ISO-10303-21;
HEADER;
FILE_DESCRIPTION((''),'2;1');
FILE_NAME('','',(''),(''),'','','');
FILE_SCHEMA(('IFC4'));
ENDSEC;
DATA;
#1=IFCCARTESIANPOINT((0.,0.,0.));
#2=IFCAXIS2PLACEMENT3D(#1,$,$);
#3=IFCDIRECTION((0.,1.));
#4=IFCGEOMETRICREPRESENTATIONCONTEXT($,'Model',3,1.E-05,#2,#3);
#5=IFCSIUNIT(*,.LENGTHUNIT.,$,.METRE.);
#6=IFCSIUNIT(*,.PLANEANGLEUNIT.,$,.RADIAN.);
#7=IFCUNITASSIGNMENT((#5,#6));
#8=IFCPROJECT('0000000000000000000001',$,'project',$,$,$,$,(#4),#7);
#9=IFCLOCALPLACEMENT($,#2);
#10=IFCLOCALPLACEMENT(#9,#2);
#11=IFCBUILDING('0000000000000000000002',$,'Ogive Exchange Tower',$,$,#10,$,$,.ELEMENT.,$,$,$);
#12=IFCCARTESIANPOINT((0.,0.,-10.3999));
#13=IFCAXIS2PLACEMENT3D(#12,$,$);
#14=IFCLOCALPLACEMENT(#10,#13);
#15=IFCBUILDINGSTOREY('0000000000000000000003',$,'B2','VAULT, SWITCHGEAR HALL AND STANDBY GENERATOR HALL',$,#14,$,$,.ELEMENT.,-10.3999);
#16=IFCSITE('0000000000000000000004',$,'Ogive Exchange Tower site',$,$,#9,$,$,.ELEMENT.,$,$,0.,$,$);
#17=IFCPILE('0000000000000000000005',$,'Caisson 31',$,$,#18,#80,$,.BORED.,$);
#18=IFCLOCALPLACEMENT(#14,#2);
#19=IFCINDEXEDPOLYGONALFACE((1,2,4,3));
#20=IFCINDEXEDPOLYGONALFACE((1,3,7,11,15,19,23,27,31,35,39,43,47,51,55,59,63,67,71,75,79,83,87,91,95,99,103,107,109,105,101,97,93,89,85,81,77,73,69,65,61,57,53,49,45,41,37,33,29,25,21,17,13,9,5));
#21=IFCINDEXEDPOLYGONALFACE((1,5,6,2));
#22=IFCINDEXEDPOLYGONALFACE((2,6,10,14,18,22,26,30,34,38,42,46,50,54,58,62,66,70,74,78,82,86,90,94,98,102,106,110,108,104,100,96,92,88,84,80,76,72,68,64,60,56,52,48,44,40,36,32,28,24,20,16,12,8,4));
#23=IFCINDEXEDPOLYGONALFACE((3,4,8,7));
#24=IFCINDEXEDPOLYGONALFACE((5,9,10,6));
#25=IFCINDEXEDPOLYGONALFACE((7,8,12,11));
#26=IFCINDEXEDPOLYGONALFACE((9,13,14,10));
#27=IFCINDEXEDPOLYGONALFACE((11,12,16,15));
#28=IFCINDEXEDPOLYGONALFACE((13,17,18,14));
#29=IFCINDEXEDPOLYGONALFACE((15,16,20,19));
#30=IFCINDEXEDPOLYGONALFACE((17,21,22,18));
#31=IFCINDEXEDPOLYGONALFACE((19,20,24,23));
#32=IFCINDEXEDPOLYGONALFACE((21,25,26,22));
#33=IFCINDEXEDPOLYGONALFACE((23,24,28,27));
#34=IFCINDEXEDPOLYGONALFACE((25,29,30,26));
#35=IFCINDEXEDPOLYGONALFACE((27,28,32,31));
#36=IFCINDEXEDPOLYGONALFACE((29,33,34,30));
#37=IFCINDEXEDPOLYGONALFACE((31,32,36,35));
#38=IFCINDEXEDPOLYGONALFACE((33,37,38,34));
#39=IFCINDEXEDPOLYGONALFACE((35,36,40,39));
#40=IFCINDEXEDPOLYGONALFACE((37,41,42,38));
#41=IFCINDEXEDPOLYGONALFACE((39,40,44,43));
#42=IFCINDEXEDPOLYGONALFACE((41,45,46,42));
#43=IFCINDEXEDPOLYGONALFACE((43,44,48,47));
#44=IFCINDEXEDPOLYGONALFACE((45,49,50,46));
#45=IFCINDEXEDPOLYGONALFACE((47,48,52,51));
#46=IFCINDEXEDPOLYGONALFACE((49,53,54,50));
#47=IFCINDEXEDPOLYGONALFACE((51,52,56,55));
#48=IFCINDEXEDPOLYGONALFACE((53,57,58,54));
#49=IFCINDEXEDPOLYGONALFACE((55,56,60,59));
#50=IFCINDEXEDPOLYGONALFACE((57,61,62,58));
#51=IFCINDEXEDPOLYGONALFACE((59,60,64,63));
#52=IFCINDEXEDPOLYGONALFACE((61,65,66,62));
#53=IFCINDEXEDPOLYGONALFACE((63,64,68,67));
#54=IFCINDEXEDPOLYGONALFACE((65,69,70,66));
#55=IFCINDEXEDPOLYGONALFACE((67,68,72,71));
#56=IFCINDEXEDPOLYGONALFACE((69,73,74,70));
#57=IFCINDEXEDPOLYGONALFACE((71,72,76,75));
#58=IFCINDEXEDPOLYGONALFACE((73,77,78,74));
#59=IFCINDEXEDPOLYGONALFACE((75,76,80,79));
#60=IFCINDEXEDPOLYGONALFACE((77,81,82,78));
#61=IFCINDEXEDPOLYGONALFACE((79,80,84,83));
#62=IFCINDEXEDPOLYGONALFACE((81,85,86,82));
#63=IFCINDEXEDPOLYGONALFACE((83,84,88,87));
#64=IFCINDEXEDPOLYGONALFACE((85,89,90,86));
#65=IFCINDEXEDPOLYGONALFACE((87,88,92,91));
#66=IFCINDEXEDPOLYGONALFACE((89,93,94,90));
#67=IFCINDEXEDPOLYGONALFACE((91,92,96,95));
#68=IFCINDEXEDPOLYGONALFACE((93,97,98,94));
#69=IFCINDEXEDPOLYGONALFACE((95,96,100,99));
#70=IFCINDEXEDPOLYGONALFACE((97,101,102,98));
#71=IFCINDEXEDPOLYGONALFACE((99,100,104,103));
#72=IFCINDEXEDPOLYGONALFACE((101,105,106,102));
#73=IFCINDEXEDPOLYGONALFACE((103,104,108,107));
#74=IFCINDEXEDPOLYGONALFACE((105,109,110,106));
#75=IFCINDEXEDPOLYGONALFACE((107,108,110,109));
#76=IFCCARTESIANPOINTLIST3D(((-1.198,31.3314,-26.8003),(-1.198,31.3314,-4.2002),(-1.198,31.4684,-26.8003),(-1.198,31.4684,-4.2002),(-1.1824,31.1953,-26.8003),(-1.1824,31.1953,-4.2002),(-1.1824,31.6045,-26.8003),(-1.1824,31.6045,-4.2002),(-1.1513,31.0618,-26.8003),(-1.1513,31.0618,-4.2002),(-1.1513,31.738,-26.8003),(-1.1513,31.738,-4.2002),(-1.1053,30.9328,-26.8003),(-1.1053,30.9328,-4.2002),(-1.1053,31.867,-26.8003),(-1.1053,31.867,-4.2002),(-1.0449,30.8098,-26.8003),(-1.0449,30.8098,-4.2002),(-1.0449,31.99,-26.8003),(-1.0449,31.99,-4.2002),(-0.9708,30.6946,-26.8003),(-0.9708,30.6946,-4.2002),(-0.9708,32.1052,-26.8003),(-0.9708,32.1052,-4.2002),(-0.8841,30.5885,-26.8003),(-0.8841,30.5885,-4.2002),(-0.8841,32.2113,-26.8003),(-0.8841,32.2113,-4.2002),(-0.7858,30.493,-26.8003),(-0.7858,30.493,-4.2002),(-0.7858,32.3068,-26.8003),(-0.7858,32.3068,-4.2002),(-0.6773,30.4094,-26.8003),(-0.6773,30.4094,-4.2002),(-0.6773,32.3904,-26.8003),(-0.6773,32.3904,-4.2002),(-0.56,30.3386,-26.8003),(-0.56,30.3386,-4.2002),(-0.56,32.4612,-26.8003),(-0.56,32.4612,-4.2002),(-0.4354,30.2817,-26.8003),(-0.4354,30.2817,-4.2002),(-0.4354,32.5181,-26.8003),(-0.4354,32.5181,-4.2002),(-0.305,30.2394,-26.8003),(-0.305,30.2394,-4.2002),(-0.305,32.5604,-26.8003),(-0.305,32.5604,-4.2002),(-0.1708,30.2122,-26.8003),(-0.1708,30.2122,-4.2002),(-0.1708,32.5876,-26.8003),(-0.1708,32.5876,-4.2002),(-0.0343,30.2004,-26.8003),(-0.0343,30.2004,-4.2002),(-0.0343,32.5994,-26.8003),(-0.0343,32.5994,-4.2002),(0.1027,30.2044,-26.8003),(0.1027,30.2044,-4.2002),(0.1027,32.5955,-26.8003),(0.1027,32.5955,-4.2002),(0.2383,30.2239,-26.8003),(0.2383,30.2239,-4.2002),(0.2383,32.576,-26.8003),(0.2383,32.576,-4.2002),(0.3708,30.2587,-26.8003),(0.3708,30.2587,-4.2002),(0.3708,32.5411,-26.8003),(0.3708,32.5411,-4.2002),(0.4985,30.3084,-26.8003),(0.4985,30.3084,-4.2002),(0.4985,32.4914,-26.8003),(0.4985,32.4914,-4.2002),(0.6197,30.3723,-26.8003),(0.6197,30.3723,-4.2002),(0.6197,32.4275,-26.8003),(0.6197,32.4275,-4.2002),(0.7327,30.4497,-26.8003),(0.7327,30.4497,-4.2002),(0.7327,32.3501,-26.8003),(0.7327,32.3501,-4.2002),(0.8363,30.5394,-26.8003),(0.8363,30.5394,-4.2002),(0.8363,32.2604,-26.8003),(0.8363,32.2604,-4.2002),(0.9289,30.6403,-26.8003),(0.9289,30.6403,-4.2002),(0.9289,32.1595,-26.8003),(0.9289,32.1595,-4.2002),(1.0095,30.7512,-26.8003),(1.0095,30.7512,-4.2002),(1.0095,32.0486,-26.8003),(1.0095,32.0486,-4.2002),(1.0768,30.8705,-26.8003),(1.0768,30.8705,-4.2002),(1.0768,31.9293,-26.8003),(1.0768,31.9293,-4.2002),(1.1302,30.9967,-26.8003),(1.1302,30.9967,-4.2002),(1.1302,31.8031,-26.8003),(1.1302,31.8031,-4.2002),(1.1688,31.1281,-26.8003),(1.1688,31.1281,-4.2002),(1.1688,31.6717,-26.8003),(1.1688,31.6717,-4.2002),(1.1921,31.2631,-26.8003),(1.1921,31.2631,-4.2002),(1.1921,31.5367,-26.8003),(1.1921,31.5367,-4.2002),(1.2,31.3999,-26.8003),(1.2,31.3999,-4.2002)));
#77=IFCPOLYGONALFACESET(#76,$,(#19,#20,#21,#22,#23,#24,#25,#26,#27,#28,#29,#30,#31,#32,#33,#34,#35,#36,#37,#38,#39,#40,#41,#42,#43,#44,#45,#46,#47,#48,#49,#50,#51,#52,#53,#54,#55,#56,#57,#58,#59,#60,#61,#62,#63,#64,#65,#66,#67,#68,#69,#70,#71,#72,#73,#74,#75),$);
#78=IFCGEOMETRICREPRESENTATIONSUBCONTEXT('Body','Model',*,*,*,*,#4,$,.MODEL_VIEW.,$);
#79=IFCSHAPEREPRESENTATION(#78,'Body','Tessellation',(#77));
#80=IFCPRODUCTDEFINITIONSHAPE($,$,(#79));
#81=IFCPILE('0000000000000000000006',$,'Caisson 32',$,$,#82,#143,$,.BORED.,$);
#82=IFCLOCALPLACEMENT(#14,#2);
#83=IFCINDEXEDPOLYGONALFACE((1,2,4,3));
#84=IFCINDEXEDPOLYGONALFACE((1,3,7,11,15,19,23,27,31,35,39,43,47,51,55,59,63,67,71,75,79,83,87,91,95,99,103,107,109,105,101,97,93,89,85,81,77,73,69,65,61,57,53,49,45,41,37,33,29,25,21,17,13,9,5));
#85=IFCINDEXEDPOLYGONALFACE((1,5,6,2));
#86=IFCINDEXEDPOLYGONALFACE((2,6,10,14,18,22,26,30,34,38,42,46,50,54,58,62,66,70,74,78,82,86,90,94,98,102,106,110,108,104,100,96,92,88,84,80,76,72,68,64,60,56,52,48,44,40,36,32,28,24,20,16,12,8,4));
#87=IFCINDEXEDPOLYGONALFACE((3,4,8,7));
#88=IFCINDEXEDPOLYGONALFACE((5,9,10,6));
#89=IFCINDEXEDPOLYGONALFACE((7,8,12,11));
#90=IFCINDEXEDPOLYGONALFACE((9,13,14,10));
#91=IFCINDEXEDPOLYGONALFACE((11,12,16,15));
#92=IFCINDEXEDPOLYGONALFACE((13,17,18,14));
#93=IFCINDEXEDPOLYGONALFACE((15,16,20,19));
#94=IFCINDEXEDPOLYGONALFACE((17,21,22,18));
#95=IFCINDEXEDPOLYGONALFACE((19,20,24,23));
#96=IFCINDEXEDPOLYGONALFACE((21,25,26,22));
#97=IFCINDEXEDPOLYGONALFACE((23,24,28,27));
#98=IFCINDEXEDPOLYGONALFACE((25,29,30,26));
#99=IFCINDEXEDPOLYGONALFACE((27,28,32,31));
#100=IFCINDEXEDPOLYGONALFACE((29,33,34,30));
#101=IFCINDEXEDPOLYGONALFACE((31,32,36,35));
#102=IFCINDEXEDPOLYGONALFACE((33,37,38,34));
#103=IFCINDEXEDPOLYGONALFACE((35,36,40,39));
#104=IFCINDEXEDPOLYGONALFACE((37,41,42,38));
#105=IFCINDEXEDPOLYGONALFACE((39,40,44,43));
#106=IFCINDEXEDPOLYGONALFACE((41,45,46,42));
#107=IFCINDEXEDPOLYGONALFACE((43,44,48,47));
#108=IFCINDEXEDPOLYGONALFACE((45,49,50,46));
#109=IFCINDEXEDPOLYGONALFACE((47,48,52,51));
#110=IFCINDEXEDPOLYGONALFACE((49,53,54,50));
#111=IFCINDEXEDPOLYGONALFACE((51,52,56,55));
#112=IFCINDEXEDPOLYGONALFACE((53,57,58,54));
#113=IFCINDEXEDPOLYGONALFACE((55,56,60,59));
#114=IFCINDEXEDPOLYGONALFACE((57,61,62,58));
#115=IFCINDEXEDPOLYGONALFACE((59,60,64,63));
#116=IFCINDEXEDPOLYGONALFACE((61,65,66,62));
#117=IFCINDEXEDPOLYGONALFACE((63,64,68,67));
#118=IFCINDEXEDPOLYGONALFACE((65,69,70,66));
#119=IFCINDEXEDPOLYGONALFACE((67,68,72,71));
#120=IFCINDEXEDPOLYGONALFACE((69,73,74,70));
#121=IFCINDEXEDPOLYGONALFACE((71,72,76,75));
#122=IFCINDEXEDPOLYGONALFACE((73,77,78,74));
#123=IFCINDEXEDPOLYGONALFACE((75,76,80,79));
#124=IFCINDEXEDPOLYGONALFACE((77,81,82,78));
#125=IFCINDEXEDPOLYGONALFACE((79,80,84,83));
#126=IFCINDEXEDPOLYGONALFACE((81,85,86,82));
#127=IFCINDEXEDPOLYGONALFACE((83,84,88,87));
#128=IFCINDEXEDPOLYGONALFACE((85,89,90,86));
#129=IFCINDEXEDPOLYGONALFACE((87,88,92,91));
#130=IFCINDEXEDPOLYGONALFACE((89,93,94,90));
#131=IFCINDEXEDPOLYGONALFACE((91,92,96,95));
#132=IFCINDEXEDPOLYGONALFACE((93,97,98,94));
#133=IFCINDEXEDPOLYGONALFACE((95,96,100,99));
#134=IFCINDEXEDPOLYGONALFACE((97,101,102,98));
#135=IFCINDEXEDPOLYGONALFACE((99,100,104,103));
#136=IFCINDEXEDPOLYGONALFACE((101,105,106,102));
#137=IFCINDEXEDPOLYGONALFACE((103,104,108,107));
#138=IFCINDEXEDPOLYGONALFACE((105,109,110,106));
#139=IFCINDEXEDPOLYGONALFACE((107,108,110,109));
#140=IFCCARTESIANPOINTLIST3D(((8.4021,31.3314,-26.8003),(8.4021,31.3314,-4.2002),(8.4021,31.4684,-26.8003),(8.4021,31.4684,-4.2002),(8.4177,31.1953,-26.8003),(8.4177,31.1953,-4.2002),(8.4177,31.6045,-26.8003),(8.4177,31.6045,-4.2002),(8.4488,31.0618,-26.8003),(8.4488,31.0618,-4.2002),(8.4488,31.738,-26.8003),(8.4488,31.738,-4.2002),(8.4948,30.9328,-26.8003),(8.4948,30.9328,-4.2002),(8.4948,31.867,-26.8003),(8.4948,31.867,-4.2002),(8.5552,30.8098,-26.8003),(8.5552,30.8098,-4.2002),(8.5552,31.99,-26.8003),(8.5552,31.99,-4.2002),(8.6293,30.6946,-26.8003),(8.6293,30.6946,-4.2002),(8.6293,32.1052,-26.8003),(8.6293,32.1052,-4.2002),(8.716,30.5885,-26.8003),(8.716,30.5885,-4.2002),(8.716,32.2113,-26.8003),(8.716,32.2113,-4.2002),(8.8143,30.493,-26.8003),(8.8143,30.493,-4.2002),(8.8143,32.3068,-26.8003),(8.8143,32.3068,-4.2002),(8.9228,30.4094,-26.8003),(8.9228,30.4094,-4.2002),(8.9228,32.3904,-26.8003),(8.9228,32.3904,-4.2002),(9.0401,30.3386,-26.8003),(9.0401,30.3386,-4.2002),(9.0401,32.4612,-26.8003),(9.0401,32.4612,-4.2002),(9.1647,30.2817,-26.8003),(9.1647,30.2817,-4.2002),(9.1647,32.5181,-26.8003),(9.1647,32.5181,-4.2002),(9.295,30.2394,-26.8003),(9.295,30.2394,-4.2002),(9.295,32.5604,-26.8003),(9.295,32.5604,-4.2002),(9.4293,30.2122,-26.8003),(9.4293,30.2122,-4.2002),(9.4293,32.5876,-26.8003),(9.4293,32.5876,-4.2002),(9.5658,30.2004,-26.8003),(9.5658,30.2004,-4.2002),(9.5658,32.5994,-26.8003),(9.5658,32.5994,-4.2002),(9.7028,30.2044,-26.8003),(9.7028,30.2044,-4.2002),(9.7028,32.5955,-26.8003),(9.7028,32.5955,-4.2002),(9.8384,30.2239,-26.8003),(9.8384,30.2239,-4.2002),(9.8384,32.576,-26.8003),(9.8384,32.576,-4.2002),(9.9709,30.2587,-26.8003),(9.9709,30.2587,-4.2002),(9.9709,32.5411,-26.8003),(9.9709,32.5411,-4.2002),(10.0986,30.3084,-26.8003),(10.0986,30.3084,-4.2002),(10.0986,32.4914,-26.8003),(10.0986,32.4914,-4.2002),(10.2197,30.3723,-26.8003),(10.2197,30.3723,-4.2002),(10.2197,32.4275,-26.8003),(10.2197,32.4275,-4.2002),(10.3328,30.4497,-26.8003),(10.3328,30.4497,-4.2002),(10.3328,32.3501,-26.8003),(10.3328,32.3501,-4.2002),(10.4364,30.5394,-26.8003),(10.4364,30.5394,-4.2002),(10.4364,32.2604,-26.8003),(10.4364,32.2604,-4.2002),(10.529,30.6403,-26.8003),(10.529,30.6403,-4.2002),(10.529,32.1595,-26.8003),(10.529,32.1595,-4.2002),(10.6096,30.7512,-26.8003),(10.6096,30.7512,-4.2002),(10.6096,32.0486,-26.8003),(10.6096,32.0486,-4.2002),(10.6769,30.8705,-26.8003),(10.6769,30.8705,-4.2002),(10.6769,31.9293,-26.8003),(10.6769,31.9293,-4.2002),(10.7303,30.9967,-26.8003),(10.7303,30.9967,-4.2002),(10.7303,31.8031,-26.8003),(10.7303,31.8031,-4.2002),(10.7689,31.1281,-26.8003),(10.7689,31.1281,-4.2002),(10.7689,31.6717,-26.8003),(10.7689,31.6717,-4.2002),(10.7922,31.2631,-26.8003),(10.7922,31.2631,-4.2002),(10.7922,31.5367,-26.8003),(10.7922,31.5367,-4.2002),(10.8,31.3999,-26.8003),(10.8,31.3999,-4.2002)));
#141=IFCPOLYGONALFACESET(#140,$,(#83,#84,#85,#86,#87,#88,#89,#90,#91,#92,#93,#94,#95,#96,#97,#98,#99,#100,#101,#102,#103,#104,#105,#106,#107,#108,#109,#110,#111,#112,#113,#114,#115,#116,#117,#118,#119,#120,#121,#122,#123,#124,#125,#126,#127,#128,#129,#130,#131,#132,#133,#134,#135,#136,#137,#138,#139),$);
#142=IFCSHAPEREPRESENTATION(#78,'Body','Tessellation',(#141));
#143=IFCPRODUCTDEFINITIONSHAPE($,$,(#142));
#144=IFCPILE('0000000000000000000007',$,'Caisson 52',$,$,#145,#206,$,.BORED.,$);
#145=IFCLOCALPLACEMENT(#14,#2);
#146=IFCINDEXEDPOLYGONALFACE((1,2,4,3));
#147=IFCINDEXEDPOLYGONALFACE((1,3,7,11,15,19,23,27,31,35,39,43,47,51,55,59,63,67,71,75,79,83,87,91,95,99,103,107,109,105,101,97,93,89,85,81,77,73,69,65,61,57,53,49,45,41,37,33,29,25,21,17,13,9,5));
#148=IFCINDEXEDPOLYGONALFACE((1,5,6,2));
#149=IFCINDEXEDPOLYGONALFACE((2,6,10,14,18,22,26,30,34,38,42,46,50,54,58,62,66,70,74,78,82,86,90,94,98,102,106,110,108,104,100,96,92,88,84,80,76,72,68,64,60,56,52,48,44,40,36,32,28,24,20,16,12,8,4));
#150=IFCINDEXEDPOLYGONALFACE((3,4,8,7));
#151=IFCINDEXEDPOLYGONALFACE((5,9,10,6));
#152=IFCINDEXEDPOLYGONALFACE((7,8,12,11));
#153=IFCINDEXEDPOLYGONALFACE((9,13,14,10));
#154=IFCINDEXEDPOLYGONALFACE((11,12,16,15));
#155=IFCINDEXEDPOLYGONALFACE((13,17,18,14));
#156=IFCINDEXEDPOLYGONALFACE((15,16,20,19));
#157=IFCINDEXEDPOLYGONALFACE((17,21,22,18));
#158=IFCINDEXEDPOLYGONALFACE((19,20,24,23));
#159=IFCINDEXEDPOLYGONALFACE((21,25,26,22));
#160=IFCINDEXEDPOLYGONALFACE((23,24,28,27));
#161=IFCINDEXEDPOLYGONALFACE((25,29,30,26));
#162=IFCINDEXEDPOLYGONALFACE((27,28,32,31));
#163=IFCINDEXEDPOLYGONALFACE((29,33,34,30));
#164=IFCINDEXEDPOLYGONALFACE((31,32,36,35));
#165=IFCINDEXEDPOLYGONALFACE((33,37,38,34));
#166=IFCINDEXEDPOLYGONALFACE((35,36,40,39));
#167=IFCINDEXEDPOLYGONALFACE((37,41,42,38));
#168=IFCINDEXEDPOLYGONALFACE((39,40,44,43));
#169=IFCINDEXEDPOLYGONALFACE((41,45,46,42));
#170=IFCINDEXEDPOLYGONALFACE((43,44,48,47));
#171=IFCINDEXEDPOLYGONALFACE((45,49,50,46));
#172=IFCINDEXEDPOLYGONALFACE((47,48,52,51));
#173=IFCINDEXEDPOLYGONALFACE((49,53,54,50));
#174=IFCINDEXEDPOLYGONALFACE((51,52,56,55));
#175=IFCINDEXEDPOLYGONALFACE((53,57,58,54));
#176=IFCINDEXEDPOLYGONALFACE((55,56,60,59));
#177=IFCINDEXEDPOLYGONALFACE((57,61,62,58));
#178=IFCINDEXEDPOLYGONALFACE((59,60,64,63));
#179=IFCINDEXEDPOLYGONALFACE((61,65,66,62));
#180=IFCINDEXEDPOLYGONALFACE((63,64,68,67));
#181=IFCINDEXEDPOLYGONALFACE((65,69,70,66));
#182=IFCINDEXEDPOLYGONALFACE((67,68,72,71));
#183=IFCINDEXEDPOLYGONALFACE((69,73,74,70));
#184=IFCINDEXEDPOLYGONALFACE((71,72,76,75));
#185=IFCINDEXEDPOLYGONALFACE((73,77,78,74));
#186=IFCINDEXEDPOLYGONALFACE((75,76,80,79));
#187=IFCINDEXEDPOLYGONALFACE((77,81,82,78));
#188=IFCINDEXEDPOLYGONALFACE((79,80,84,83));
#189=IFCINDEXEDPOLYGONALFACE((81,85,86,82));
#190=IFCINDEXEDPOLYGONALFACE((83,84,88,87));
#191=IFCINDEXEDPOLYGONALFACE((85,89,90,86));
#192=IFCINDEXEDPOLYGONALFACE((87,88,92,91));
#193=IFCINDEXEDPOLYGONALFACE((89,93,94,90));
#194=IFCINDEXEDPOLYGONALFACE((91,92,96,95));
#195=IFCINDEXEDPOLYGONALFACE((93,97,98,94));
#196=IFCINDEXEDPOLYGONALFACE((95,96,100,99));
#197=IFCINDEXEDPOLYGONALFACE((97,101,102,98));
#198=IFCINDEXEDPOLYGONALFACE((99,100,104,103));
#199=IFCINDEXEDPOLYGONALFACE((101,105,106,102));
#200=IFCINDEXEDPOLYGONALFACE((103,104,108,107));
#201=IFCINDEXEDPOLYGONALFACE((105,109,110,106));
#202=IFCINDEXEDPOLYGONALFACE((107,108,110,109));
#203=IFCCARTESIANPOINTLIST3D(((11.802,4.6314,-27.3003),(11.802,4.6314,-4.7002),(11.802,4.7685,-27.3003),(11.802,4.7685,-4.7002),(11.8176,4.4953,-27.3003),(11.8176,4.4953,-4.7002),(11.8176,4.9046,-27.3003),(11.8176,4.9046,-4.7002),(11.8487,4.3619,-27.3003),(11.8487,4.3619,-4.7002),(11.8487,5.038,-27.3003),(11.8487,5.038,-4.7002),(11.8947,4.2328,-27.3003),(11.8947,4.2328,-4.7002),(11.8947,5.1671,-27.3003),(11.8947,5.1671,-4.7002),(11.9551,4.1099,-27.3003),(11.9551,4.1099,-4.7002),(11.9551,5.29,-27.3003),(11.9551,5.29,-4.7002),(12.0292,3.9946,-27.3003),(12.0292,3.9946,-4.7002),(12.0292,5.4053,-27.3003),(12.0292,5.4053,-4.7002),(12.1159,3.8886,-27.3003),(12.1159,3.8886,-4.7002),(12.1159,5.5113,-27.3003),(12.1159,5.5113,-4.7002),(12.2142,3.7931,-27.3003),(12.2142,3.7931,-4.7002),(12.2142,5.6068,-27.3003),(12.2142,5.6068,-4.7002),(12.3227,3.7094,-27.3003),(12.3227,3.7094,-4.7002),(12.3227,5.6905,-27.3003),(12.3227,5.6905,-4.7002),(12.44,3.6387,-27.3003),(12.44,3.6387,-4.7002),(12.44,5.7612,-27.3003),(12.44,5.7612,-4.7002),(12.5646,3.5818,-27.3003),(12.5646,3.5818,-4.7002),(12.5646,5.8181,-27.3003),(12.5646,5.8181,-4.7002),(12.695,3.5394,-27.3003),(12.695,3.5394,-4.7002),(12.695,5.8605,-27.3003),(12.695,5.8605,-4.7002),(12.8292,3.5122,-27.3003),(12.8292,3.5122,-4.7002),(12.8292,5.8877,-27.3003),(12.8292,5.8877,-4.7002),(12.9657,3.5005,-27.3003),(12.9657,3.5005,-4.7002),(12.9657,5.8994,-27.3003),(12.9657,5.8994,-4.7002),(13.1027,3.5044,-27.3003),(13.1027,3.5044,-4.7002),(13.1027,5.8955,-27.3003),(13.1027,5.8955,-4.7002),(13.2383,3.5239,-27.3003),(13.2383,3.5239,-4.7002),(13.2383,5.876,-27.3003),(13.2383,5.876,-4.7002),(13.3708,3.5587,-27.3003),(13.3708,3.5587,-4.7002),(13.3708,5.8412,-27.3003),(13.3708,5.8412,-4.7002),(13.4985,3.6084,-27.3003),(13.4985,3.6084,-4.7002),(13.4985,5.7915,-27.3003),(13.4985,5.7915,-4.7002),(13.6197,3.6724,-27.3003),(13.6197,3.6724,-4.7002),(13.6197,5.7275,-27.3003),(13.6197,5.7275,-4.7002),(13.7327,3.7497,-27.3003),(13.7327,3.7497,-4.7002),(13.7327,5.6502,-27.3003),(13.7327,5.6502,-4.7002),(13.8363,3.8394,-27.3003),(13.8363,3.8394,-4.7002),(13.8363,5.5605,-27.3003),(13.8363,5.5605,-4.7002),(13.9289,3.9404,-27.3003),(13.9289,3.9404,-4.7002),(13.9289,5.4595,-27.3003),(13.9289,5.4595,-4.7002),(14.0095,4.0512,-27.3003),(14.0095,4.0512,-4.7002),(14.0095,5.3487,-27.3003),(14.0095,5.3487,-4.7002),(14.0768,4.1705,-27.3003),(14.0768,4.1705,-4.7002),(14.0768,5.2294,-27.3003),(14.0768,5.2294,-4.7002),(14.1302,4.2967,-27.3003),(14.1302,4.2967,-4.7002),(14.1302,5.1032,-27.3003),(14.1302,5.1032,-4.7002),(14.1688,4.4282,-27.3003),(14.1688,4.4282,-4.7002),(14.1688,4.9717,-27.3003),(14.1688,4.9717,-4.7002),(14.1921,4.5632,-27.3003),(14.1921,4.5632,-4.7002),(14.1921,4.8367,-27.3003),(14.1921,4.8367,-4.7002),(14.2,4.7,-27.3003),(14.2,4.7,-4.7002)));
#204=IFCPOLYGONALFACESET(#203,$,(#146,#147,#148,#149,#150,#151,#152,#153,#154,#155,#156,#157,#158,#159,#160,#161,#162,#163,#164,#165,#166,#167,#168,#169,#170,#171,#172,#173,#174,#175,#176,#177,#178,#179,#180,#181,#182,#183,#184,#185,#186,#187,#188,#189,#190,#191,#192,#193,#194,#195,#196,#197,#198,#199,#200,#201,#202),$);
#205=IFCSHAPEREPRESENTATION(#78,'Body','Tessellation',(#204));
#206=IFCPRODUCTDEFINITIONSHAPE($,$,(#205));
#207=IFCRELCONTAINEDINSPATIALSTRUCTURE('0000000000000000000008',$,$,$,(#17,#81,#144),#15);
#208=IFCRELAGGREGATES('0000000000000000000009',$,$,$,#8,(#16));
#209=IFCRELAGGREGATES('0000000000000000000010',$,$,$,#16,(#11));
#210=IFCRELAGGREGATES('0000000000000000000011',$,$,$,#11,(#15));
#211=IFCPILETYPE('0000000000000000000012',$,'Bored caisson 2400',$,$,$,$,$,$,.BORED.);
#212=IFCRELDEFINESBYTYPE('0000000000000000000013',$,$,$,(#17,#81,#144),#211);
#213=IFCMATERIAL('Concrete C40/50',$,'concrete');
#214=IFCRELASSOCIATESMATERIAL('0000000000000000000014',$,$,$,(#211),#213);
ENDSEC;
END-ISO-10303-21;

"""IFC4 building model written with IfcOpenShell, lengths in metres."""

from ifc_helpers import new_model, si_unit, direction, frame, origin, origin_2d, place, context, subcontext, project, spatial, circle, extrude, material, material_profile, profile_set, type_object, element, save


model = new_model("IFC4")

# Units and contexts
model_context = context("Model", 3, precision=1e-05, world=origin(), true_north=direction((0.0, 1.0)))
body_context = subcontext(model_context, "Body", "Model", "MODEL_VIEW")
ifc_project = project(units=[si_unit("LENGTHUNIT", "METRE"), si_unit("PLANEANGLEUNIT", "RADIAN")], contexts=[model_context])

# Site, building, storey
site_placement = place(None, origin())
site = spatial("IfcSite", under=ifc_project, at=site_placement, Name="Ogive Exchange Tower site", CompositionType="ELEMENT", RefElevation=0.0)
building_placement = place(site_placement, origin())
building = spatial("IfcBuilding", under=site, at=building_placement, Name="Ogive Exchange Tower", CompositionType="ELEMENT")
storey_placement = place(building_placement, frame((0.0, 0.0, -10.3999)))
storey = spatial("IfcBuildingStorey", under=building, at=storey_placement, Name="B2", Description="VAULT, SWITCHGEAR HALL AND STANDBY GENERATOR HALL", CompositionType="ELEMENT", Elevation=-10.3999)

# Piles
ifc_material_1 = material(Name="Concrete C40/50", Category="concrete")
ifc_material_profile_1 = material_profile(ifc_material_1, circle(Radius=1.2, at=origin_2d()), Name="RC caisson 2400")
ifc_profile_set_1 = profile_set([ifc_material_profile_1], Name="Concrete C40/50")
pile_type = type_object("IfcPileType", Name="Bored caisson 2400", PredefinedType="BORED", material=ifc_profile_set_1)
for number, where, z_axis, x_axis, name in (
    (1, (0.0, 31.3999, -4.2002), (0.0, 0.0, -1.0), (1.0, 0.0, 0.0), "Caisson 31"),
    (2, (9.6001, 31.3999, -4.2002), (0.0, 0.0, -1.0), (1.0, 0.0, 0.0), "Caisson 32"),
    (3, (13.0, 4.7, -4.7002), (0.0, 0.0, -1.0), (1.0, 0.0, 0.0), "Caisson 52"),
):
    element("IfcPile", number, at=place(storey_placement, frame(where, z_axis=z_axis, x_axis=x_axis)), inside=storey, type_object=pile_type, Name=name, PredefinedType="BORED", context=body_context, shape_type="SweptSolid", body=[
        extrude(circle(Radius=1.2, at=origin_2d()), origin(), (0.0, 0.0, 1.0), 22.6001),
    ])

save(model, "model.ifc")
